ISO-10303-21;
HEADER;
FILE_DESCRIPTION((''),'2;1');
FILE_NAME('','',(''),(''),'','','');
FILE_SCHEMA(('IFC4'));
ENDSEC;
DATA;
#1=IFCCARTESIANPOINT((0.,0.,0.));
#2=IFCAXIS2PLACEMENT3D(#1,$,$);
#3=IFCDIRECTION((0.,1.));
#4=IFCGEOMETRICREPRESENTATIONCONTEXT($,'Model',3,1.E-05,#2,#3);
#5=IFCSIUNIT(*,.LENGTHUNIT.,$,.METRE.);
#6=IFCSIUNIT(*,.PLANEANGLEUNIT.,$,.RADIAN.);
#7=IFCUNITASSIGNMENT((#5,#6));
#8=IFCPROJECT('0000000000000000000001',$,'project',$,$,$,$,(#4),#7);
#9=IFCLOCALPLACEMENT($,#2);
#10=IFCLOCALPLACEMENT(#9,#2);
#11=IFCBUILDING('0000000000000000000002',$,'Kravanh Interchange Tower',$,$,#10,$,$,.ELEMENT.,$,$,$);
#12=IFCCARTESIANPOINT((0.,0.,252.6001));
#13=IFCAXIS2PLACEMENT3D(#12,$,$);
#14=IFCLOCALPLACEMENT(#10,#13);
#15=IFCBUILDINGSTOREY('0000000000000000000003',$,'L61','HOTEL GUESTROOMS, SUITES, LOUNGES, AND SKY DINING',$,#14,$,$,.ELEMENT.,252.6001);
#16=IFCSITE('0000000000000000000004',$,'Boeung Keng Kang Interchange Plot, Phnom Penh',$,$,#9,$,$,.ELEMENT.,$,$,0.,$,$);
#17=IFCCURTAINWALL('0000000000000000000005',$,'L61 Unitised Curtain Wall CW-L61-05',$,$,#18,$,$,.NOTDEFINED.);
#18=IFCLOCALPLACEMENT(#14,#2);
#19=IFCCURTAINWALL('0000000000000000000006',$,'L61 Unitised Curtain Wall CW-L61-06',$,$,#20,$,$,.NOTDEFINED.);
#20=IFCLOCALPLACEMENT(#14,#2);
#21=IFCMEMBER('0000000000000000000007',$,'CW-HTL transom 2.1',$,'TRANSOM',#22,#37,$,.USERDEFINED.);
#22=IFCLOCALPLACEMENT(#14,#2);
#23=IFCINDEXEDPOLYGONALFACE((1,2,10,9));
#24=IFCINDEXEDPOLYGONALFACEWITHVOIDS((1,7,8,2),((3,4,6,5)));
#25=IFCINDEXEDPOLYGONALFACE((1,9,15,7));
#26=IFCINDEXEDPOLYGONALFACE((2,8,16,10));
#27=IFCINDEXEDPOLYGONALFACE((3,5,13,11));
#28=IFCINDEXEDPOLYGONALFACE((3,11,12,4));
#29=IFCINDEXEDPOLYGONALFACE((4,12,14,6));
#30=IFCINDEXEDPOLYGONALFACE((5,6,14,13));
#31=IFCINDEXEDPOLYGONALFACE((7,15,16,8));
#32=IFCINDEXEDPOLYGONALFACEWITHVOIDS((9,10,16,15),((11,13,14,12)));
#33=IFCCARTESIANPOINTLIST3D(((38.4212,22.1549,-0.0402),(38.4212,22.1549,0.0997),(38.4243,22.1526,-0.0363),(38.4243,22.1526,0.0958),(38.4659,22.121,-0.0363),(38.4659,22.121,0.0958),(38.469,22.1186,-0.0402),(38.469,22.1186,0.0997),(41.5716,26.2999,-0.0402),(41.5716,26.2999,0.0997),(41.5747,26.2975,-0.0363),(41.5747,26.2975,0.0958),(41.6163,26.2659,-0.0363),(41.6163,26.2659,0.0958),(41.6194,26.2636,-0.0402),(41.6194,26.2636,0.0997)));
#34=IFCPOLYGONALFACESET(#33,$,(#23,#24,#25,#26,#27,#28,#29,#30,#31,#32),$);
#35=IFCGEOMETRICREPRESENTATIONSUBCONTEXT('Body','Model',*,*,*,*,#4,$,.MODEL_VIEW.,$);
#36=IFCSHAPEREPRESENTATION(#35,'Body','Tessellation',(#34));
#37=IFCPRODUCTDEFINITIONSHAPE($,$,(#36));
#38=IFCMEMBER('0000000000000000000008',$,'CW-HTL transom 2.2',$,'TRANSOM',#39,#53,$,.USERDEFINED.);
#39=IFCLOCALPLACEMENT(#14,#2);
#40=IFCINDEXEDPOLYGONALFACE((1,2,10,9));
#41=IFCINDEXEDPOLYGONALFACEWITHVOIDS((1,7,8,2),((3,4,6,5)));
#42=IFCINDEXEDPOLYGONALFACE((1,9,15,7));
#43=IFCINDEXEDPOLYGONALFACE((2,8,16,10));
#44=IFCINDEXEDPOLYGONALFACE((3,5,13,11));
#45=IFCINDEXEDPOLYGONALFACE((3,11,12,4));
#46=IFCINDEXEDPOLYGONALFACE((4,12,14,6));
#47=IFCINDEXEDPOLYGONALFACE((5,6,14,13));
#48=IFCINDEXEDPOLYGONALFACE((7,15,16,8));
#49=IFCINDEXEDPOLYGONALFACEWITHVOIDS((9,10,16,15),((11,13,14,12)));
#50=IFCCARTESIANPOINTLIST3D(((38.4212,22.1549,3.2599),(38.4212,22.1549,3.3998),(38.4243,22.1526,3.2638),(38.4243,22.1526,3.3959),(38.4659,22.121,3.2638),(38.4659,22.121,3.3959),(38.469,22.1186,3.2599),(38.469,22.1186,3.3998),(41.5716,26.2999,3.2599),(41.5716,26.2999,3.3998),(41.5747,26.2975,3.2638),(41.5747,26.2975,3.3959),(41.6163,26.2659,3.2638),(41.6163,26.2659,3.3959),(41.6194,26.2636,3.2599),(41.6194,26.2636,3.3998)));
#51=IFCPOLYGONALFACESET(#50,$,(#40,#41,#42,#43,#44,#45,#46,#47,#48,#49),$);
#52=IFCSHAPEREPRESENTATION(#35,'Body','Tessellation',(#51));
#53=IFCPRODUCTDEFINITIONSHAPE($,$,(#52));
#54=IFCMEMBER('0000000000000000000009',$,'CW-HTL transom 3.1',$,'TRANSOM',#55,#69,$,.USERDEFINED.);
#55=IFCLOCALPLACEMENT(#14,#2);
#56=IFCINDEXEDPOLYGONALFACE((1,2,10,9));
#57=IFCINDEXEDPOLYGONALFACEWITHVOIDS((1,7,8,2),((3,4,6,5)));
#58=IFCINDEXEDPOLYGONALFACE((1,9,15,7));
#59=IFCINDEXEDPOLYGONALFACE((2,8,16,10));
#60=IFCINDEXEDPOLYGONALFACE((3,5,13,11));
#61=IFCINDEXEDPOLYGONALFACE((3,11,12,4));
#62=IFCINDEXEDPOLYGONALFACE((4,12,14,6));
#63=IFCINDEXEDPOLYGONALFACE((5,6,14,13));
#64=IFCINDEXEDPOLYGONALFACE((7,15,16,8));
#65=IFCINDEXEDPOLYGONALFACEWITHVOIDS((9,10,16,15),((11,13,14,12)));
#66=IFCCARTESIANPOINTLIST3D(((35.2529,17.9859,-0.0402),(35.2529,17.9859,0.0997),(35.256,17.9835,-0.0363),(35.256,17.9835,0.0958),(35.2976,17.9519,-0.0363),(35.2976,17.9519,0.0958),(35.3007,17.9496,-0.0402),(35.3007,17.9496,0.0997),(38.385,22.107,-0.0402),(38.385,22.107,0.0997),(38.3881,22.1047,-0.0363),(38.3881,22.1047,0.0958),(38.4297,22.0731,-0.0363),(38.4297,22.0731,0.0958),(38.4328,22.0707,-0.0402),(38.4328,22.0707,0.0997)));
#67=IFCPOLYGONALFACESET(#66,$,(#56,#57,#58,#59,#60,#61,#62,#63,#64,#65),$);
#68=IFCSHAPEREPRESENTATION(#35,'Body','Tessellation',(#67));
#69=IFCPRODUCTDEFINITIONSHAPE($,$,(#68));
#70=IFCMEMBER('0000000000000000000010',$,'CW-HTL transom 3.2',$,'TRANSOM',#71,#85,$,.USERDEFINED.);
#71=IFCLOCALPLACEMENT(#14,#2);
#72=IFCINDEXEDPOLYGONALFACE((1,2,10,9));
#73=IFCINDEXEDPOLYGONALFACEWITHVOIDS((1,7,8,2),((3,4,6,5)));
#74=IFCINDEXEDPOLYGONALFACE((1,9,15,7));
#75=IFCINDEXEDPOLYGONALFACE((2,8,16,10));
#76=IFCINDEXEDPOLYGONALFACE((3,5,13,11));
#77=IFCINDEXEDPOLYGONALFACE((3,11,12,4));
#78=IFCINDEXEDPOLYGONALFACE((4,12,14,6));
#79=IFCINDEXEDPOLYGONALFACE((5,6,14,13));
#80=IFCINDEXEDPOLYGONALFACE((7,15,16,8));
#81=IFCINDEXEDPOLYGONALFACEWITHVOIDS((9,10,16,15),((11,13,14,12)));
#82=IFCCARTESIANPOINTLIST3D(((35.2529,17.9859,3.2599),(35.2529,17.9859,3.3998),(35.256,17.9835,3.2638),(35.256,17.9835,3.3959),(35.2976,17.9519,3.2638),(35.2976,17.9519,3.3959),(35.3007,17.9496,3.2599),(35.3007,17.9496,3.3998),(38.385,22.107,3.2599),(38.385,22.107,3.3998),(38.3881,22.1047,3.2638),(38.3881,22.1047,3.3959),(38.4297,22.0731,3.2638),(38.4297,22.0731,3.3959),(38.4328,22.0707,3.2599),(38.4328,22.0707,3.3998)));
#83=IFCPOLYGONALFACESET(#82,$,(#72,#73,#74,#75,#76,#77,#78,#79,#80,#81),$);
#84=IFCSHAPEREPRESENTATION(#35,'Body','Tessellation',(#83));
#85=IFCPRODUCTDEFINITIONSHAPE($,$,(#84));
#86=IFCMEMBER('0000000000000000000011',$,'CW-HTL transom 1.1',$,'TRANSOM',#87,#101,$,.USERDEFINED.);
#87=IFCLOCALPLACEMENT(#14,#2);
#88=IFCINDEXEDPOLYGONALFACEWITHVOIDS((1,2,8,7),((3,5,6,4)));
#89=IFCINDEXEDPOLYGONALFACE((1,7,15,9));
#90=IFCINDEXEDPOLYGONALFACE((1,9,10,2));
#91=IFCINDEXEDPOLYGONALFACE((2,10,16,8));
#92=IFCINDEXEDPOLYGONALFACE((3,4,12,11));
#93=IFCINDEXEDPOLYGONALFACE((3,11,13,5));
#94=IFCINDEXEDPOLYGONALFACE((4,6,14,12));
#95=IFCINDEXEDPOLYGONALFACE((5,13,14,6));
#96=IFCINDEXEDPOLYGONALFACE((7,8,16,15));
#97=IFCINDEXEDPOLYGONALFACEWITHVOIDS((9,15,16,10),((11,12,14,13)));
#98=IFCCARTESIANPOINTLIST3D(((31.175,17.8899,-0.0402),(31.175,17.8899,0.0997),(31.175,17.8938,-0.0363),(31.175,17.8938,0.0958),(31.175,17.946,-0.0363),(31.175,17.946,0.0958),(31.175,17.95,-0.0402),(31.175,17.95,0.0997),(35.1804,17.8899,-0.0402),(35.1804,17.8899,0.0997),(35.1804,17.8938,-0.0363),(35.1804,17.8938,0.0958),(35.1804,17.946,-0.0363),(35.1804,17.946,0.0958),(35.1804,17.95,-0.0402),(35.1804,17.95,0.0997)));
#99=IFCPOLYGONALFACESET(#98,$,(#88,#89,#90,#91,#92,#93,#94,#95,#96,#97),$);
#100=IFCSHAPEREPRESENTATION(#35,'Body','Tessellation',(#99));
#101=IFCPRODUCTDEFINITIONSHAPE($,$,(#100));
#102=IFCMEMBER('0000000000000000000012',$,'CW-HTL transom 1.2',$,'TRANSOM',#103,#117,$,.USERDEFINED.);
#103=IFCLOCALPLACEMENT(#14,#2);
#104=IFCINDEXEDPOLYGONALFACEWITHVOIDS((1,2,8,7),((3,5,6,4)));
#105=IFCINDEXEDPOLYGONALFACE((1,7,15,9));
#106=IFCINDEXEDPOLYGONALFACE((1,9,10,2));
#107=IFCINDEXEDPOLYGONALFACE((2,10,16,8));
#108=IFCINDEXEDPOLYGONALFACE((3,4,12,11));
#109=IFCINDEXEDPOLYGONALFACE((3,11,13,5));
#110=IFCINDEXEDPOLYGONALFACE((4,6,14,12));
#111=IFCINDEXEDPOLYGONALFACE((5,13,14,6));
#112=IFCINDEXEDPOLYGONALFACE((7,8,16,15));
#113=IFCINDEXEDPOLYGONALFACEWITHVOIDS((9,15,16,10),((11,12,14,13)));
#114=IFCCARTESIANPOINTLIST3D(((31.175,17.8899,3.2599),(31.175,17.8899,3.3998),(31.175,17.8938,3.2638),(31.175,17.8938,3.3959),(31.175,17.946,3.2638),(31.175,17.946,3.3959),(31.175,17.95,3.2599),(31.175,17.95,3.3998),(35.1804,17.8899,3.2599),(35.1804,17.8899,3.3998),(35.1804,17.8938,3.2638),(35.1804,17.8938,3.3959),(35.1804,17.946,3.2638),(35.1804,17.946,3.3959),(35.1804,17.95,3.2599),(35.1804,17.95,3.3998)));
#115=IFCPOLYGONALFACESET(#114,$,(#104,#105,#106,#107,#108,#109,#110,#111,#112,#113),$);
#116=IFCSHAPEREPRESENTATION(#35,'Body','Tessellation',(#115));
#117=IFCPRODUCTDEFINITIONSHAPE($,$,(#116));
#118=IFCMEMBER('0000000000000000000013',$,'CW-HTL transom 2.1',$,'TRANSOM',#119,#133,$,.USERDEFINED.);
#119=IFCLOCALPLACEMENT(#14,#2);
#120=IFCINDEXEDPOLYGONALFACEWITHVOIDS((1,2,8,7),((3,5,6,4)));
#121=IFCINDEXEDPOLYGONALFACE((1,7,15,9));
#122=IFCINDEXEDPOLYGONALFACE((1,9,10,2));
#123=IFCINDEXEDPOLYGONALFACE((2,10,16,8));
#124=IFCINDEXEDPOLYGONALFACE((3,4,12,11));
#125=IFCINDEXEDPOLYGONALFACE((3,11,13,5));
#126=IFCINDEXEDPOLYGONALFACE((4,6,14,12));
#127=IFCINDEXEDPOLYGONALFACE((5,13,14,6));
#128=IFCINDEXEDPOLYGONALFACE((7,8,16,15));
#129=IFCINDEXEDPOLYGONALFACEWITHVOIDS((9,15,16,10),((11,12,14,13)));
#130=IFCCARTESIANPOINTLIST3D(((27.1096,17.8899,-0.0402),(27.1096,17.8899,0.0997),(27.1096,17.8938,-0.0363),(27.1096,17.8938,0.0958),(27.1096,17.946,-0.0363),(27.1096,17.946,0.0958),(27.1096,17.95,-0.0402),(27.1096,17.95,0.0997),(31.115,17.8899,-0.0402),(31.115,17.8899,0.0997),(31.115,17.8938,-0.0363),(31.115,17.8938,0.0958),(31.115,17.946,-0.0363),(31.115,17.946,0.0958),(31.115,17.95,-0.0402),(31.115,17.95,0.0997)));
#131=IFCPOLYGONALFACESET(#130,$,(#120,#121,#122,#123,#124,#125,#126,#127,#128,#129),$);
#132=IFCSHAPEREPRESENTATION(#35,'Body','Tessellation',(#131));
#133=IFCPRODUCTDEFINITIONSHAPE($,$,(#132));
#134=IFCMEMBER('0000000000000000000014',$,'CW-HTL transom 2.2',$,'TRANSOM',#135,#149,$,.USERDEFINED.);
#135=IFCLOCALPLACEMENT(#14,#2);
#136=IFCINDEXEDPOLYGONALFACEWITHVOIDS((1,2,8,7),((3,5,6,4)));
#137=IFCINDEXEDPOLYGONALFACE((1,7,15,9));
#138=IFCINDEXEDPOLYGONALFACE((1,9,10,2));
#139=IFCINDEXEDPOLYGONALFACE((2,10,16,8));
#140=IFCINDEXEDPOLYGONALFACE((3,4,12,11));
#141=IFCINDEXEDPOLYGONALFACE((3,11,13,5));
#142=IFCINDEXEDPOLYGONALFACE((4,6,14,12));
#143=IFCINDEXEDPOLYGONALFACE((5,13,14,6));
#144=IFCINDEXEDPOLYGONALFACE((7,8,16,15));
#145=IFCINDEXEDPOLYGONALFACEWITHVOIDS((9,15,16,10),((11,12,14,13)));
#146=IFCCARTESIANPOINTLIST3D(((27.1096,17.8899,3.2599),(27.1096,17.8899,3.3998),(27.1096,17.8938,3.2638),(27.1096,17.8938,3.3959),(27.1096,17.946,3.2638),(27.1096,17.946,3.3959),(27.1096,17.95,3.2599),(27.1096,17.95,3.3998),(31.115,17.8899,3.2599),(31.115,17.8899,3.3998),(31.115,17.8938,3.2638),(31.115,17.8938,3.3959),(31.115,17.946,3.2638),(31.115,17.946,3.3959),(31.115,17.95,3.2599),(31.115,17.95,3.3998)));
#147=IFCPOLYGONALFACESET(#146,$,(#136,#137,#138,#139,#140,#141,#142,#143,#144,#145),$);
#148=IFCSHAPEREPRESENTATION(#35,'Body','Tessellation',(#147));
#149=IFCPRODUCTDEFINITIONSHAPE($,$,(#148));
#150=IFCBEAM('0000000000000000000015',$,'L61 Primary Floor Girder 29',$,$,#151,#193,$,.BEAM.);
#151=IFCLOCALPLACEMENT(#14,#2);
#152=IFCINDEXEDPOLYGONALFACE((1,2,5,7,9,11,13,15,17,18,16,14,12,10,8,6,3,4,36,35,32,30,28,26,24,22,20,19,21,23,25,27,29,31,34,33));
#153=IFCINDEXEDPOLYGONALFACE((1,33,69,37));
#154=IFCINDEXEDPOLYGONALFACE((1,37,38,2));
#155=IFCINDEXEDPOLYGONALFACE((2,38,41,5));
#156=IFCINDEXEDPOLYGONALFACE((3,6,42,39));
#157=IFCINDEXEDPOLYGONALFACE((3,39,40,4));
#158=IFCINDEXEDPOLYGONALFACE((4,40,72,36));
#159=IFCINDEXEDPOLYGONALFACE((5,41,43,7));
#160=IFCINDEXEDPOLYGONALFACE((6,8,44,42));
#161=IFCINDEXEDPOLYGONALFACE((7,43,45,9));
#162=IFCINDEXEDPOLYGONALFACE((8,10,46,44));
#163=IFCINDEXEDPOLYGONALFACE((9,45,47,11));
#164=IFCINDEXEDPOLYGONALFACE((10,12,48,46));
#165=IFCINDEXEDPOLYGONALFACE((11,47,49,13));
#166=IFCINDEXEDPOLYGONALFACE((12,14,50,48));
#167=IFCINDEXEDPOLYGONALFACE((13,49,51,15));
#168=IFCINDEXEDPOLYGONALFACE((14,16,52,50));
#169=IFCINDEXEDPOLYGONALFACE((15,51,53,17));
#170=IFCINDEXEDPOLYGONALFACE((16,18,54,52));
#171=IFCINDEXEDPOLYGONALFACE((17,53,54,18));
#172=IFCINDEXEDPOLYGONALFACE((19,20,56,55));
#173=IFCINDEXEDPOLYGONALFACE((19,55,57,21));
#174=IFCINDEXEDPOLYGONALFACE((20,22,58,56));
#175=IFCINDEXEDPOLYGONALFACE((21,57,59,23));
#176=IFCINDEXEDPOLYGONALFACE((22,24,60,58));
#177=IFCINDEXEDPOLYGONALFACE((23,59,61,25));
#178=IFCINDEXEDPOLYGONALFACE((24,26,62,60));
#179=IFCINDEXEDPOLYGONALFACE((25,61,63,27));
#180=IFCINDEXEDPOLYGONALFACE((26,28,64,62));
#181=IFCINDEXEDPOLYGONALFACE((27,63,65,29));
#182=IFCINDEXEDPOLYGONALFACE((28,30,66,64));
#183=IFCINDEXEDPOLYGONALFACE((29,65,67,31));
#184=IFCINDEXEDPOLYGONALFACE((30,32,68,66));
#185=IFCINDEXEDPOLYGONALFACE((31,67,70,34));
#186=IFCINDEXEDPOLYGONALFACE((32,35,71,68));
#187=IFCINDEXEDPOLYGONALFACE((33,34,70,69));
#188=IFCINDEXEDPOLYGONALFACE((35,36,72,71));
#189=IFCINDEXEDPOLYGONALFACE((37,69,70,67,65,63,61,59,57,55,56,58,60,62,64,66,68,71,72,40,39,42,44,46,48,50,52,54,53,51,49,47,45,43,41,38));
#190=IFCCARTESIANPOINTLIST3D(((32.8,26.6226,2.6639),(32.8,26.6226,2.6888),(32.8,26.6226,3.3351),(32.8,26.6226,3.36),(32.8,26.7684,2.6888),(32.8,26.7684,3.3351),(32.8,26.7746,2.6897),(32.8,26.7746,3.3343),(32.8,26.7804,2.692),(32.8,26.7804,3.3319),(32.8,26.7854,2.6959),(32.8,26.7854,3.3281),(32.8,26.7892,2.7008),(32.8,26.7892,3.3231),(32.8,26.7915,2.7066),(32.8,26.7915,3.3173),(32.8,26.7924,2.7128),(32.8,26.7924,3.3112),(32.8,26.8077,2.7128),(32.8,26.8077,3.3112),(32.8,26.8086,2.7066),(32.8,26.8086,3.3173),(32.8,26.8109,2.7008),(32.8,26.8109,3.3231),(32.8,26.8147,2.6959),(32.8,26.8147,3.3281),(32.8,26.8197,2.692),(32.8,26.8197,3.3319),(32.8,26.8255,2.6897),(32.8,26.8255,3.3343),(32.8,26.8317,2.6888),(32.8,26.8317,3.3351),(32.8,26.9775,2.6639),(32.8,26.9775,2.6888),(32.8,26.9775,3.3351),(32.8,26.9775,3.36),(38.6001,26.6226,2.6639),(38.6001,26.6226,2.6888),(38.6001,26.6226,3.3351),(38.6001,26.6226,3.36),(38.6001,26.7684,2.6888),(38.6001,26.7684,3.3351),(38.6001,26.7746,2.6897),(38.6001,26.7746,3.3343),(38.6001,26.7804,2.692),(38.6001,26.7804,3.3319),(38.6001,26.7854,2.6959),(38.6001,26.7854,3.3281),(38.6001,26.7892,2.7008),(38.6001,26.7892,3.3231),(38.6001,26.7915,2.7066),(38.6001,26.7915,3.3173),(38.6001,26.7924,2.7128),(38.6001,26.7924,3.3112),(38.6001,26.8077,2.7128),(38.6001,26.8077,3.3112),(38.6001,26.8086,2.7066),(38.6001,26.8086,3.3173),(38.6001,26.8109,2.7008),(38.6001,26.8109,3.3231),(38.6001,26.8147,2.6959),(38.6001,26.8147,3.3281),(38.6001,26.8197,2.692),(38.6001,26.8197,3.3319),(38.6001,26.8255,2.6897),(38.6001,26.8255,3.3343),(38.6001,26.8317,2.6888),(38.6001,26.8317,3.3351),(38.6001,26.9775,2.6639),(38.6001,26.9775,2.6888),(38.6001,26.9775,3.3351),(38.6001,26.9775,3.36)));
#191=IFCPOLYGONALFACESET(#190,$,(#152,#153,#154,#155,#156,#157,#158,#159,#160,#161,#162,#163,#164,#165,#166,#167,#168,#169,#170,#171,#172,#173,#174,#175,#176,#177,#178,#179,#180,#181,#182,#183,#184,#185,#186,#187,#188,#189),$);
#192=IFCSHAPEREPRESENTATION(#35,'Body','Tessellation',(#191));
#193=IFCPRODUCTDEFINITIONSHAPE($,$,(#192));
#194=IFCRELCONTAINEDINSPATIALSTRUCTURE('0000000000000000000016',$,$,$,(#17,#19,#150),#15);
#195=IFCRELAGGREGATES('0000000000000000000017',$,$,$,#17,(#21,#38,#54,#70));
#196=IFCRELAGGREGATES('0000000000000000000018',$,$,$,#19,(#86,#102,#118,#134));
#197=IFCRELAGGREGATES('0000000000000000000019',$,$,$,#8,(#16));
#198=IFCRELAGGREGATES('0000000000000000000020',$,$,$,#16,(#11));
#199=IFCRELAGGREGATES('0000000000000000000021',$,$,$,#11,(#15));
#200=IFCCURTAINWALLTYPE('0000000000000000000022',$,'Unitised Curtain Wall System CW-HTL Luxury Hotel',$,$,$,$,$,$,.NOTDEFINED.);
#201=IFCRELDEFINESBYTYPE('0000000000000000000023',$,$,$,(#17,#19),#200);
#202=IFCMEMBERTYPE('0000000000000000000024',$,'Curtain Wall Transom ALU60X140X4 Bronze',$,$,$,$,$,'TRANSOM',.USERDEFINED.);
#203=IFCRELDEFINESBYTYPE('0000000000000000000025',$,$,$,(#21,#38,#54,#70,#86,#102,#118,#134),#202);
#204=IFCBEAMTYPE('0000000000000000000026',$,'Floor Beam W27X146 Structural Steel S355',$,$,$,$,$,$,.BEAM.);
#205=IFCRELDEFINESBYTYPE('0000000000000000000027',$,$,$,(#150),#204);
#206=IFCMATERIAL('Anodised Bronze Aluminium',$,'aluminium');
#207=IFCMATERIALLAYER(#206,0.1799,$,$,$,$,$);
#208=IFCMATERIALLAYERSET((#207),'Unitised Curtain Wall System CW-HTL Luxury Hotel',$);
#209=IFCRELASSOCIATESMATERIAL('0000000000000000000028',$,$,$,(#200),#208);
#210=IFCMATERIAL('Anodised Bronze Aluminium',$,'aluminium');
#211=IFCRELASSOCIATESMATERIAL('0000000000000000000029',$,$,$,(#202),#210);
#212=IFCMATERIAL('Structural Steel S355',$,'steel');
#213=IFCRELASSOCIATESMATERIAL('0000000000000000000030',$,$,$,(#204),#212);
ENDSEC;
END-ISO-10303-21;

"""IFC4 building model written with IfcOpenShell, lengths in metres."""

from ifc_helpers import new_model, si_unit, direction, frame, origin, origin_2d, place, context, subcontext, project, spatial, hollow_rectangle, i_section, extrude, material, layer, layer_set, material_profile, profile_set, type_object, element, aggregate, save


model = new_model("IFC4")

# Units and contexts
model_context = context("Model", 3, precision=1e-05, world=origin(), true_north=direction((0.0, 1.0)))
body_context = subcontext(model_context, "Body", "Model", "MODEL_VIEW")
ifc_project = project(units=[si_unit("LENGTHUNIT", "METRE"), si_unit("PLANEANGLEUNIT", "RADIAN")], contexts=[model_context])

# Site, building, storey
site_placement = place(None, origin())
site = spatial("IfcSite", under=ifc_project, at=site_placement, Name="Boeung Keng Kang Interchange Plot, Phnom Penh", CompositionType="ELEMENT", RefElevation=0.0)
building_placement = place(site_placement, origin())
building = spatial("IfcBuilding", under=site, at=building_placement, Name="Kravanh Interchange Tower", CompositionType="ELEMENT")
storey_placement = place(building_placement, frame((0.0, 0.0, 252.6001)))
storey = spatial("IfcBuildingStorey", under=building, at=storey_placement, Name="L61", Description="HOTEL GUESTROOMS, SUITES, LOUNGES, AND SKY DINING", CompositionType="ELEMENT", Elevation=252.6001)

# Shared definitions
ifc_material_1 = material(Name="Anodised Bronze Aluminium", Category="aluminium")
ifc_layer_1 = layer(ifc_material_1, 0.1799)
ifc_layer_set_1 = layer_set([ifc_layer_1], Name="Unitised Curtain Wall System CW-HTL Luxury Hotel")
curtain_wall_type = type_object("IfcCurtainWallType", Name="Unitised Curtain Wall System CW-HTL Luxury Hotel", PredefinedType="NOTDEFINED", material=ifc_layer_set_1)

# Curtain walls
curtain_wall_1_placement = place(storey_placement, origin())
curtain_wall_1 = element("IfcCurtainWall", 1, at=curtain_wall_1_placement, inside=storey, type_object=curtain_wall_type, Name="L61 Unitised Curtain Wall CW-L61-05", PredefinedType="NOTDEFINED")
curtain_wall_2_placement = place(storey_placement, origin())
curtain_wall_2 = element("IfcCurtainWall", 2, at=curtain_wall_2_placement, inside=storey, type_object=curtain_wall_type, Name="L61 Unitised Curtain Wall CW-L61-06", PredefinedType="NOTDEFINED")

# Members
ifc_material_2 = material(Name="Anodised Bronze Aluminium", Category="aluminium")
ifc_material_profile_1 = material_profile(ifc_material_2, hollow_rectangle(XDim=0.0601, YDim=0.1399, WallThickness=0.0039, at=origin_2d()), Name="ALU60X140X4")
ifc_profile_set_1 = profile_set([ifc_material_profile_1], Name="Anodised Bronze Aluminium")
member_type_1 = type_object("IfcMemberType", Name="Curtain Wall Transom ALU60X140X4 Bronze", ElementType="TRANSOM", PredefinedType="USERDEFINED", material=ifc_profile_set_1)
member_1_placement = place(storey_placement, frame((41.5955, 26.2817, 0.0298), z_axis=(-0.605105, -0.796146, 0.0), x_axis=(0.796146, -0.605105, 0.0)))
member_1 = element("IfcMember", 3, at=member_1_placement, type_object=member_type_1, Name="CW-HTL transom 2.1", ObjectType="TRANSOM", PredefinedType="USERDEFINED", context=body_context, shape_type="SweptSolid", body=[
    extrude(hollow_rectangle(XDim=0.0601, YDim=0.1399, WallThickness=0.0039, at=origin_2d()), origin(), (0.0, 0.0, 1.0), 5.2063),
])
member_2_placement = place(storey_placement, frame((41.5955, 26.2817, 3.3298), z_axis=(-0.605105, -0.796146, 0.0), x_axis=(0.796146, -0.605105, 0.0)))
member_2 = element("IfcMember", 4, at=member_2_placement, type_object=member_type_1, Name="CW-HTL transom 2.2", ObjectType="TRANSOM", PredefinedType="USERDEFINED", context=body_context, shape_type="SweptSolid", body=[
    extrude(hollow_rectangle(XDim=0.0601, YDim=0.1399, WallThickness=0.0039, at=origin_2d()), origin(), (0.0, 0.0, 1.0), 5.2063),
])
member_3_placement = place(storey_placement, frame((38.4089, 22.0889, 0.0298), z_axis=(-0.605089, -0.796158, 0.0), x_axis=(0.796158, -0.605089, 0.0)))
member_3 = element("IfcMember", 5, at=member_3_placement, type_object=member_type_1, Name="CW-HTL transom 3.1", ObjectType="TRANSOM", PredefinedType="USERDEFINED", context=body_context, shape_type="SweptSolid", body=[
    extrude(hollow_rectangle(XDim=0.0601, YDim=0.1399, WallThickness=0.0039, at=origin_2d()), origin(), (0.0, 0.0, 1.0), 5.1763),
])
member_4_placement = place(storey_placement, frame((38.4089, 22.0889, 3.3298), z_axis=(-0.605089, -0.796158, 0.0), x_axis=(0.796158, -0.605089, 0.0)))
member_4 = element("IfcMember", 6, at=member_4_placement, type_object=member_type_1, Name="CW-HTL transom 3.2", ObjectType="TRANSOM", PredefinedType="USERDEFINED", context=body_context, shape_type="SweptSolid", body=[
    extrude(hollow_rectangle(XDim=0.0601, YDim=0.1399, WallThickness=0.0039, at=origin_2d()), origin(), (0.0, 0.0, 1.0), 5.1763),
])
member_5_placement = place(storey_placement, frame((35.1804, 17.9199, 0.0298), z_axis=(-1.0, 0.0, 0.0), x_axis=(0.0, -1.0, 0.0)))
member_5 = element("IfcMember", 7, at=member_5_placement, type_object=member_type_1, Name="CW-HTL transom 1.1", ObjectType="TRANSOM", PredefinedType="USERDEFINED", context=body_context, shape_type="SweptSolid", body=[
    extrude(hollow_rectangle(XDim=0.0601, YDim=0.1399, WallThickness=0.0039, at=origin_2d()), origin(), (0.0, 0.0, 1.0), 4.0054),
])
member_6_placement = place(storey_placement, frame((35.1804, 17.9199, 3.3298), z_axis=(-1.0, 0.0, 0.0), x_axis=(0.0, -1.0, 0.0)))
member_6 = element("IfcMember", 8, at=member_6_placement, type_object=member_type_1, Name="CW-HTL transom 1.2", ObjectType="TRANSOM", PredefinedType="USERDEFINED", context=body_context, shape_type="SweptSolid", body=[
    extrude(hollow_rectangle(XDim=0.0601, YDim=0.1399, WallThickness=0.0039, at=origin_2d()), origin(), (0.0, 0.0, 1.0), 4.0054),
])
member_7_placement = place(storey_placement, frame((31.115, 17.9199, 0.0298), z_axis=(-1.0, 0.0, 0.0), x_axis=(0.0, -1.0, 0.0)))
member_7 = element("IfcMember", 9, at=member_7_placement, type_object=member_type_1, Name="CW-HTL transom 2.1", ObjectType="TRANSOM", PredefinedType="USERDEFINED", context=body_context, shape_type="SweptSolid", body=[
    extrude(hollow_rectangle(XDim=0.0601, YDim=0.1399, WallThickness=0.0039, at=origin_2d()), origin(), (0.0, 0.0, 1.0), 4.0054),
])
member_8_placement = place(storey_placement, frame((31.115, 17.9199, 3.3298), z_axis=(-1.0, 0.0, 0.0), x_axis=(0.0, -1.0, 0.0)))
member_8 = element("IfcMember", 10, at=member_8_placement, type_object=member_type_1, Name="CW-HTL transom 2.2", ObjectType="TRANSOM", PredefinedType="USERDEFINED", context=body_context, shape_type="SweptSolid", body=[
    extrude(hollow_rectangle(XDim=0.0601, YDim=0.1399, WallThickness=0.0039, at=origin_2d()), origin(), (0.0, 0.0, 1.0), 4.0054),
])

# Beam
ifc_material_3 = material(Name="Structural Steel S355", Category="steel")
ifc_material_profile_2 = material_profile(ifc_material_3, i_section(OverallWidth=0.355, OverallDepth=0.696, WebThickness=0.0154, FlangeThickness=0.0249, FilletRadius=0.0239, at=origin_2d()), Name="W27X146")
ifc_profile_set_2 = profile_set([ifc_material_profile_2], Name="Structural Steel S355")
beam_type_1 = type_object("IfcBeamType", Name="Floor Beam W27X146 Structural Steel S355", PredefinedType="BEAM", material=ifc_profile_set_2)
beam_1_placement = place(storey_placement, frame((38.6001, 26.8, 3.012), z_axis=(-1.0, 0.0, 0.0), x_axis=(0.0, -1.0, 0.0)))
element("IfcBeam", 11, at=beam_1_placement, inside=storey, type_object=beam_type_1, Name="L61 Primary Floor Girder 29", PredefinedType="BEAM", context=body_context, shape_type="SweptSolid", body=[
    extrude(i_section(OverallWidth=0.355, OverallDepth=0.696, WebThickness=0.0154, FlangeThickness=0.0249, FilletRadius=0.0239, at=origin_2d()), origin(), (0.0, 0.0, 1.0), 5.8),
])

aggregate(curtain_wall_1, [member_1, member_2, member_3, member_4])
aggregate(curtain_wall_2, [member_5, member_6, member_7, member_8])

save(model, "model.ifc")
